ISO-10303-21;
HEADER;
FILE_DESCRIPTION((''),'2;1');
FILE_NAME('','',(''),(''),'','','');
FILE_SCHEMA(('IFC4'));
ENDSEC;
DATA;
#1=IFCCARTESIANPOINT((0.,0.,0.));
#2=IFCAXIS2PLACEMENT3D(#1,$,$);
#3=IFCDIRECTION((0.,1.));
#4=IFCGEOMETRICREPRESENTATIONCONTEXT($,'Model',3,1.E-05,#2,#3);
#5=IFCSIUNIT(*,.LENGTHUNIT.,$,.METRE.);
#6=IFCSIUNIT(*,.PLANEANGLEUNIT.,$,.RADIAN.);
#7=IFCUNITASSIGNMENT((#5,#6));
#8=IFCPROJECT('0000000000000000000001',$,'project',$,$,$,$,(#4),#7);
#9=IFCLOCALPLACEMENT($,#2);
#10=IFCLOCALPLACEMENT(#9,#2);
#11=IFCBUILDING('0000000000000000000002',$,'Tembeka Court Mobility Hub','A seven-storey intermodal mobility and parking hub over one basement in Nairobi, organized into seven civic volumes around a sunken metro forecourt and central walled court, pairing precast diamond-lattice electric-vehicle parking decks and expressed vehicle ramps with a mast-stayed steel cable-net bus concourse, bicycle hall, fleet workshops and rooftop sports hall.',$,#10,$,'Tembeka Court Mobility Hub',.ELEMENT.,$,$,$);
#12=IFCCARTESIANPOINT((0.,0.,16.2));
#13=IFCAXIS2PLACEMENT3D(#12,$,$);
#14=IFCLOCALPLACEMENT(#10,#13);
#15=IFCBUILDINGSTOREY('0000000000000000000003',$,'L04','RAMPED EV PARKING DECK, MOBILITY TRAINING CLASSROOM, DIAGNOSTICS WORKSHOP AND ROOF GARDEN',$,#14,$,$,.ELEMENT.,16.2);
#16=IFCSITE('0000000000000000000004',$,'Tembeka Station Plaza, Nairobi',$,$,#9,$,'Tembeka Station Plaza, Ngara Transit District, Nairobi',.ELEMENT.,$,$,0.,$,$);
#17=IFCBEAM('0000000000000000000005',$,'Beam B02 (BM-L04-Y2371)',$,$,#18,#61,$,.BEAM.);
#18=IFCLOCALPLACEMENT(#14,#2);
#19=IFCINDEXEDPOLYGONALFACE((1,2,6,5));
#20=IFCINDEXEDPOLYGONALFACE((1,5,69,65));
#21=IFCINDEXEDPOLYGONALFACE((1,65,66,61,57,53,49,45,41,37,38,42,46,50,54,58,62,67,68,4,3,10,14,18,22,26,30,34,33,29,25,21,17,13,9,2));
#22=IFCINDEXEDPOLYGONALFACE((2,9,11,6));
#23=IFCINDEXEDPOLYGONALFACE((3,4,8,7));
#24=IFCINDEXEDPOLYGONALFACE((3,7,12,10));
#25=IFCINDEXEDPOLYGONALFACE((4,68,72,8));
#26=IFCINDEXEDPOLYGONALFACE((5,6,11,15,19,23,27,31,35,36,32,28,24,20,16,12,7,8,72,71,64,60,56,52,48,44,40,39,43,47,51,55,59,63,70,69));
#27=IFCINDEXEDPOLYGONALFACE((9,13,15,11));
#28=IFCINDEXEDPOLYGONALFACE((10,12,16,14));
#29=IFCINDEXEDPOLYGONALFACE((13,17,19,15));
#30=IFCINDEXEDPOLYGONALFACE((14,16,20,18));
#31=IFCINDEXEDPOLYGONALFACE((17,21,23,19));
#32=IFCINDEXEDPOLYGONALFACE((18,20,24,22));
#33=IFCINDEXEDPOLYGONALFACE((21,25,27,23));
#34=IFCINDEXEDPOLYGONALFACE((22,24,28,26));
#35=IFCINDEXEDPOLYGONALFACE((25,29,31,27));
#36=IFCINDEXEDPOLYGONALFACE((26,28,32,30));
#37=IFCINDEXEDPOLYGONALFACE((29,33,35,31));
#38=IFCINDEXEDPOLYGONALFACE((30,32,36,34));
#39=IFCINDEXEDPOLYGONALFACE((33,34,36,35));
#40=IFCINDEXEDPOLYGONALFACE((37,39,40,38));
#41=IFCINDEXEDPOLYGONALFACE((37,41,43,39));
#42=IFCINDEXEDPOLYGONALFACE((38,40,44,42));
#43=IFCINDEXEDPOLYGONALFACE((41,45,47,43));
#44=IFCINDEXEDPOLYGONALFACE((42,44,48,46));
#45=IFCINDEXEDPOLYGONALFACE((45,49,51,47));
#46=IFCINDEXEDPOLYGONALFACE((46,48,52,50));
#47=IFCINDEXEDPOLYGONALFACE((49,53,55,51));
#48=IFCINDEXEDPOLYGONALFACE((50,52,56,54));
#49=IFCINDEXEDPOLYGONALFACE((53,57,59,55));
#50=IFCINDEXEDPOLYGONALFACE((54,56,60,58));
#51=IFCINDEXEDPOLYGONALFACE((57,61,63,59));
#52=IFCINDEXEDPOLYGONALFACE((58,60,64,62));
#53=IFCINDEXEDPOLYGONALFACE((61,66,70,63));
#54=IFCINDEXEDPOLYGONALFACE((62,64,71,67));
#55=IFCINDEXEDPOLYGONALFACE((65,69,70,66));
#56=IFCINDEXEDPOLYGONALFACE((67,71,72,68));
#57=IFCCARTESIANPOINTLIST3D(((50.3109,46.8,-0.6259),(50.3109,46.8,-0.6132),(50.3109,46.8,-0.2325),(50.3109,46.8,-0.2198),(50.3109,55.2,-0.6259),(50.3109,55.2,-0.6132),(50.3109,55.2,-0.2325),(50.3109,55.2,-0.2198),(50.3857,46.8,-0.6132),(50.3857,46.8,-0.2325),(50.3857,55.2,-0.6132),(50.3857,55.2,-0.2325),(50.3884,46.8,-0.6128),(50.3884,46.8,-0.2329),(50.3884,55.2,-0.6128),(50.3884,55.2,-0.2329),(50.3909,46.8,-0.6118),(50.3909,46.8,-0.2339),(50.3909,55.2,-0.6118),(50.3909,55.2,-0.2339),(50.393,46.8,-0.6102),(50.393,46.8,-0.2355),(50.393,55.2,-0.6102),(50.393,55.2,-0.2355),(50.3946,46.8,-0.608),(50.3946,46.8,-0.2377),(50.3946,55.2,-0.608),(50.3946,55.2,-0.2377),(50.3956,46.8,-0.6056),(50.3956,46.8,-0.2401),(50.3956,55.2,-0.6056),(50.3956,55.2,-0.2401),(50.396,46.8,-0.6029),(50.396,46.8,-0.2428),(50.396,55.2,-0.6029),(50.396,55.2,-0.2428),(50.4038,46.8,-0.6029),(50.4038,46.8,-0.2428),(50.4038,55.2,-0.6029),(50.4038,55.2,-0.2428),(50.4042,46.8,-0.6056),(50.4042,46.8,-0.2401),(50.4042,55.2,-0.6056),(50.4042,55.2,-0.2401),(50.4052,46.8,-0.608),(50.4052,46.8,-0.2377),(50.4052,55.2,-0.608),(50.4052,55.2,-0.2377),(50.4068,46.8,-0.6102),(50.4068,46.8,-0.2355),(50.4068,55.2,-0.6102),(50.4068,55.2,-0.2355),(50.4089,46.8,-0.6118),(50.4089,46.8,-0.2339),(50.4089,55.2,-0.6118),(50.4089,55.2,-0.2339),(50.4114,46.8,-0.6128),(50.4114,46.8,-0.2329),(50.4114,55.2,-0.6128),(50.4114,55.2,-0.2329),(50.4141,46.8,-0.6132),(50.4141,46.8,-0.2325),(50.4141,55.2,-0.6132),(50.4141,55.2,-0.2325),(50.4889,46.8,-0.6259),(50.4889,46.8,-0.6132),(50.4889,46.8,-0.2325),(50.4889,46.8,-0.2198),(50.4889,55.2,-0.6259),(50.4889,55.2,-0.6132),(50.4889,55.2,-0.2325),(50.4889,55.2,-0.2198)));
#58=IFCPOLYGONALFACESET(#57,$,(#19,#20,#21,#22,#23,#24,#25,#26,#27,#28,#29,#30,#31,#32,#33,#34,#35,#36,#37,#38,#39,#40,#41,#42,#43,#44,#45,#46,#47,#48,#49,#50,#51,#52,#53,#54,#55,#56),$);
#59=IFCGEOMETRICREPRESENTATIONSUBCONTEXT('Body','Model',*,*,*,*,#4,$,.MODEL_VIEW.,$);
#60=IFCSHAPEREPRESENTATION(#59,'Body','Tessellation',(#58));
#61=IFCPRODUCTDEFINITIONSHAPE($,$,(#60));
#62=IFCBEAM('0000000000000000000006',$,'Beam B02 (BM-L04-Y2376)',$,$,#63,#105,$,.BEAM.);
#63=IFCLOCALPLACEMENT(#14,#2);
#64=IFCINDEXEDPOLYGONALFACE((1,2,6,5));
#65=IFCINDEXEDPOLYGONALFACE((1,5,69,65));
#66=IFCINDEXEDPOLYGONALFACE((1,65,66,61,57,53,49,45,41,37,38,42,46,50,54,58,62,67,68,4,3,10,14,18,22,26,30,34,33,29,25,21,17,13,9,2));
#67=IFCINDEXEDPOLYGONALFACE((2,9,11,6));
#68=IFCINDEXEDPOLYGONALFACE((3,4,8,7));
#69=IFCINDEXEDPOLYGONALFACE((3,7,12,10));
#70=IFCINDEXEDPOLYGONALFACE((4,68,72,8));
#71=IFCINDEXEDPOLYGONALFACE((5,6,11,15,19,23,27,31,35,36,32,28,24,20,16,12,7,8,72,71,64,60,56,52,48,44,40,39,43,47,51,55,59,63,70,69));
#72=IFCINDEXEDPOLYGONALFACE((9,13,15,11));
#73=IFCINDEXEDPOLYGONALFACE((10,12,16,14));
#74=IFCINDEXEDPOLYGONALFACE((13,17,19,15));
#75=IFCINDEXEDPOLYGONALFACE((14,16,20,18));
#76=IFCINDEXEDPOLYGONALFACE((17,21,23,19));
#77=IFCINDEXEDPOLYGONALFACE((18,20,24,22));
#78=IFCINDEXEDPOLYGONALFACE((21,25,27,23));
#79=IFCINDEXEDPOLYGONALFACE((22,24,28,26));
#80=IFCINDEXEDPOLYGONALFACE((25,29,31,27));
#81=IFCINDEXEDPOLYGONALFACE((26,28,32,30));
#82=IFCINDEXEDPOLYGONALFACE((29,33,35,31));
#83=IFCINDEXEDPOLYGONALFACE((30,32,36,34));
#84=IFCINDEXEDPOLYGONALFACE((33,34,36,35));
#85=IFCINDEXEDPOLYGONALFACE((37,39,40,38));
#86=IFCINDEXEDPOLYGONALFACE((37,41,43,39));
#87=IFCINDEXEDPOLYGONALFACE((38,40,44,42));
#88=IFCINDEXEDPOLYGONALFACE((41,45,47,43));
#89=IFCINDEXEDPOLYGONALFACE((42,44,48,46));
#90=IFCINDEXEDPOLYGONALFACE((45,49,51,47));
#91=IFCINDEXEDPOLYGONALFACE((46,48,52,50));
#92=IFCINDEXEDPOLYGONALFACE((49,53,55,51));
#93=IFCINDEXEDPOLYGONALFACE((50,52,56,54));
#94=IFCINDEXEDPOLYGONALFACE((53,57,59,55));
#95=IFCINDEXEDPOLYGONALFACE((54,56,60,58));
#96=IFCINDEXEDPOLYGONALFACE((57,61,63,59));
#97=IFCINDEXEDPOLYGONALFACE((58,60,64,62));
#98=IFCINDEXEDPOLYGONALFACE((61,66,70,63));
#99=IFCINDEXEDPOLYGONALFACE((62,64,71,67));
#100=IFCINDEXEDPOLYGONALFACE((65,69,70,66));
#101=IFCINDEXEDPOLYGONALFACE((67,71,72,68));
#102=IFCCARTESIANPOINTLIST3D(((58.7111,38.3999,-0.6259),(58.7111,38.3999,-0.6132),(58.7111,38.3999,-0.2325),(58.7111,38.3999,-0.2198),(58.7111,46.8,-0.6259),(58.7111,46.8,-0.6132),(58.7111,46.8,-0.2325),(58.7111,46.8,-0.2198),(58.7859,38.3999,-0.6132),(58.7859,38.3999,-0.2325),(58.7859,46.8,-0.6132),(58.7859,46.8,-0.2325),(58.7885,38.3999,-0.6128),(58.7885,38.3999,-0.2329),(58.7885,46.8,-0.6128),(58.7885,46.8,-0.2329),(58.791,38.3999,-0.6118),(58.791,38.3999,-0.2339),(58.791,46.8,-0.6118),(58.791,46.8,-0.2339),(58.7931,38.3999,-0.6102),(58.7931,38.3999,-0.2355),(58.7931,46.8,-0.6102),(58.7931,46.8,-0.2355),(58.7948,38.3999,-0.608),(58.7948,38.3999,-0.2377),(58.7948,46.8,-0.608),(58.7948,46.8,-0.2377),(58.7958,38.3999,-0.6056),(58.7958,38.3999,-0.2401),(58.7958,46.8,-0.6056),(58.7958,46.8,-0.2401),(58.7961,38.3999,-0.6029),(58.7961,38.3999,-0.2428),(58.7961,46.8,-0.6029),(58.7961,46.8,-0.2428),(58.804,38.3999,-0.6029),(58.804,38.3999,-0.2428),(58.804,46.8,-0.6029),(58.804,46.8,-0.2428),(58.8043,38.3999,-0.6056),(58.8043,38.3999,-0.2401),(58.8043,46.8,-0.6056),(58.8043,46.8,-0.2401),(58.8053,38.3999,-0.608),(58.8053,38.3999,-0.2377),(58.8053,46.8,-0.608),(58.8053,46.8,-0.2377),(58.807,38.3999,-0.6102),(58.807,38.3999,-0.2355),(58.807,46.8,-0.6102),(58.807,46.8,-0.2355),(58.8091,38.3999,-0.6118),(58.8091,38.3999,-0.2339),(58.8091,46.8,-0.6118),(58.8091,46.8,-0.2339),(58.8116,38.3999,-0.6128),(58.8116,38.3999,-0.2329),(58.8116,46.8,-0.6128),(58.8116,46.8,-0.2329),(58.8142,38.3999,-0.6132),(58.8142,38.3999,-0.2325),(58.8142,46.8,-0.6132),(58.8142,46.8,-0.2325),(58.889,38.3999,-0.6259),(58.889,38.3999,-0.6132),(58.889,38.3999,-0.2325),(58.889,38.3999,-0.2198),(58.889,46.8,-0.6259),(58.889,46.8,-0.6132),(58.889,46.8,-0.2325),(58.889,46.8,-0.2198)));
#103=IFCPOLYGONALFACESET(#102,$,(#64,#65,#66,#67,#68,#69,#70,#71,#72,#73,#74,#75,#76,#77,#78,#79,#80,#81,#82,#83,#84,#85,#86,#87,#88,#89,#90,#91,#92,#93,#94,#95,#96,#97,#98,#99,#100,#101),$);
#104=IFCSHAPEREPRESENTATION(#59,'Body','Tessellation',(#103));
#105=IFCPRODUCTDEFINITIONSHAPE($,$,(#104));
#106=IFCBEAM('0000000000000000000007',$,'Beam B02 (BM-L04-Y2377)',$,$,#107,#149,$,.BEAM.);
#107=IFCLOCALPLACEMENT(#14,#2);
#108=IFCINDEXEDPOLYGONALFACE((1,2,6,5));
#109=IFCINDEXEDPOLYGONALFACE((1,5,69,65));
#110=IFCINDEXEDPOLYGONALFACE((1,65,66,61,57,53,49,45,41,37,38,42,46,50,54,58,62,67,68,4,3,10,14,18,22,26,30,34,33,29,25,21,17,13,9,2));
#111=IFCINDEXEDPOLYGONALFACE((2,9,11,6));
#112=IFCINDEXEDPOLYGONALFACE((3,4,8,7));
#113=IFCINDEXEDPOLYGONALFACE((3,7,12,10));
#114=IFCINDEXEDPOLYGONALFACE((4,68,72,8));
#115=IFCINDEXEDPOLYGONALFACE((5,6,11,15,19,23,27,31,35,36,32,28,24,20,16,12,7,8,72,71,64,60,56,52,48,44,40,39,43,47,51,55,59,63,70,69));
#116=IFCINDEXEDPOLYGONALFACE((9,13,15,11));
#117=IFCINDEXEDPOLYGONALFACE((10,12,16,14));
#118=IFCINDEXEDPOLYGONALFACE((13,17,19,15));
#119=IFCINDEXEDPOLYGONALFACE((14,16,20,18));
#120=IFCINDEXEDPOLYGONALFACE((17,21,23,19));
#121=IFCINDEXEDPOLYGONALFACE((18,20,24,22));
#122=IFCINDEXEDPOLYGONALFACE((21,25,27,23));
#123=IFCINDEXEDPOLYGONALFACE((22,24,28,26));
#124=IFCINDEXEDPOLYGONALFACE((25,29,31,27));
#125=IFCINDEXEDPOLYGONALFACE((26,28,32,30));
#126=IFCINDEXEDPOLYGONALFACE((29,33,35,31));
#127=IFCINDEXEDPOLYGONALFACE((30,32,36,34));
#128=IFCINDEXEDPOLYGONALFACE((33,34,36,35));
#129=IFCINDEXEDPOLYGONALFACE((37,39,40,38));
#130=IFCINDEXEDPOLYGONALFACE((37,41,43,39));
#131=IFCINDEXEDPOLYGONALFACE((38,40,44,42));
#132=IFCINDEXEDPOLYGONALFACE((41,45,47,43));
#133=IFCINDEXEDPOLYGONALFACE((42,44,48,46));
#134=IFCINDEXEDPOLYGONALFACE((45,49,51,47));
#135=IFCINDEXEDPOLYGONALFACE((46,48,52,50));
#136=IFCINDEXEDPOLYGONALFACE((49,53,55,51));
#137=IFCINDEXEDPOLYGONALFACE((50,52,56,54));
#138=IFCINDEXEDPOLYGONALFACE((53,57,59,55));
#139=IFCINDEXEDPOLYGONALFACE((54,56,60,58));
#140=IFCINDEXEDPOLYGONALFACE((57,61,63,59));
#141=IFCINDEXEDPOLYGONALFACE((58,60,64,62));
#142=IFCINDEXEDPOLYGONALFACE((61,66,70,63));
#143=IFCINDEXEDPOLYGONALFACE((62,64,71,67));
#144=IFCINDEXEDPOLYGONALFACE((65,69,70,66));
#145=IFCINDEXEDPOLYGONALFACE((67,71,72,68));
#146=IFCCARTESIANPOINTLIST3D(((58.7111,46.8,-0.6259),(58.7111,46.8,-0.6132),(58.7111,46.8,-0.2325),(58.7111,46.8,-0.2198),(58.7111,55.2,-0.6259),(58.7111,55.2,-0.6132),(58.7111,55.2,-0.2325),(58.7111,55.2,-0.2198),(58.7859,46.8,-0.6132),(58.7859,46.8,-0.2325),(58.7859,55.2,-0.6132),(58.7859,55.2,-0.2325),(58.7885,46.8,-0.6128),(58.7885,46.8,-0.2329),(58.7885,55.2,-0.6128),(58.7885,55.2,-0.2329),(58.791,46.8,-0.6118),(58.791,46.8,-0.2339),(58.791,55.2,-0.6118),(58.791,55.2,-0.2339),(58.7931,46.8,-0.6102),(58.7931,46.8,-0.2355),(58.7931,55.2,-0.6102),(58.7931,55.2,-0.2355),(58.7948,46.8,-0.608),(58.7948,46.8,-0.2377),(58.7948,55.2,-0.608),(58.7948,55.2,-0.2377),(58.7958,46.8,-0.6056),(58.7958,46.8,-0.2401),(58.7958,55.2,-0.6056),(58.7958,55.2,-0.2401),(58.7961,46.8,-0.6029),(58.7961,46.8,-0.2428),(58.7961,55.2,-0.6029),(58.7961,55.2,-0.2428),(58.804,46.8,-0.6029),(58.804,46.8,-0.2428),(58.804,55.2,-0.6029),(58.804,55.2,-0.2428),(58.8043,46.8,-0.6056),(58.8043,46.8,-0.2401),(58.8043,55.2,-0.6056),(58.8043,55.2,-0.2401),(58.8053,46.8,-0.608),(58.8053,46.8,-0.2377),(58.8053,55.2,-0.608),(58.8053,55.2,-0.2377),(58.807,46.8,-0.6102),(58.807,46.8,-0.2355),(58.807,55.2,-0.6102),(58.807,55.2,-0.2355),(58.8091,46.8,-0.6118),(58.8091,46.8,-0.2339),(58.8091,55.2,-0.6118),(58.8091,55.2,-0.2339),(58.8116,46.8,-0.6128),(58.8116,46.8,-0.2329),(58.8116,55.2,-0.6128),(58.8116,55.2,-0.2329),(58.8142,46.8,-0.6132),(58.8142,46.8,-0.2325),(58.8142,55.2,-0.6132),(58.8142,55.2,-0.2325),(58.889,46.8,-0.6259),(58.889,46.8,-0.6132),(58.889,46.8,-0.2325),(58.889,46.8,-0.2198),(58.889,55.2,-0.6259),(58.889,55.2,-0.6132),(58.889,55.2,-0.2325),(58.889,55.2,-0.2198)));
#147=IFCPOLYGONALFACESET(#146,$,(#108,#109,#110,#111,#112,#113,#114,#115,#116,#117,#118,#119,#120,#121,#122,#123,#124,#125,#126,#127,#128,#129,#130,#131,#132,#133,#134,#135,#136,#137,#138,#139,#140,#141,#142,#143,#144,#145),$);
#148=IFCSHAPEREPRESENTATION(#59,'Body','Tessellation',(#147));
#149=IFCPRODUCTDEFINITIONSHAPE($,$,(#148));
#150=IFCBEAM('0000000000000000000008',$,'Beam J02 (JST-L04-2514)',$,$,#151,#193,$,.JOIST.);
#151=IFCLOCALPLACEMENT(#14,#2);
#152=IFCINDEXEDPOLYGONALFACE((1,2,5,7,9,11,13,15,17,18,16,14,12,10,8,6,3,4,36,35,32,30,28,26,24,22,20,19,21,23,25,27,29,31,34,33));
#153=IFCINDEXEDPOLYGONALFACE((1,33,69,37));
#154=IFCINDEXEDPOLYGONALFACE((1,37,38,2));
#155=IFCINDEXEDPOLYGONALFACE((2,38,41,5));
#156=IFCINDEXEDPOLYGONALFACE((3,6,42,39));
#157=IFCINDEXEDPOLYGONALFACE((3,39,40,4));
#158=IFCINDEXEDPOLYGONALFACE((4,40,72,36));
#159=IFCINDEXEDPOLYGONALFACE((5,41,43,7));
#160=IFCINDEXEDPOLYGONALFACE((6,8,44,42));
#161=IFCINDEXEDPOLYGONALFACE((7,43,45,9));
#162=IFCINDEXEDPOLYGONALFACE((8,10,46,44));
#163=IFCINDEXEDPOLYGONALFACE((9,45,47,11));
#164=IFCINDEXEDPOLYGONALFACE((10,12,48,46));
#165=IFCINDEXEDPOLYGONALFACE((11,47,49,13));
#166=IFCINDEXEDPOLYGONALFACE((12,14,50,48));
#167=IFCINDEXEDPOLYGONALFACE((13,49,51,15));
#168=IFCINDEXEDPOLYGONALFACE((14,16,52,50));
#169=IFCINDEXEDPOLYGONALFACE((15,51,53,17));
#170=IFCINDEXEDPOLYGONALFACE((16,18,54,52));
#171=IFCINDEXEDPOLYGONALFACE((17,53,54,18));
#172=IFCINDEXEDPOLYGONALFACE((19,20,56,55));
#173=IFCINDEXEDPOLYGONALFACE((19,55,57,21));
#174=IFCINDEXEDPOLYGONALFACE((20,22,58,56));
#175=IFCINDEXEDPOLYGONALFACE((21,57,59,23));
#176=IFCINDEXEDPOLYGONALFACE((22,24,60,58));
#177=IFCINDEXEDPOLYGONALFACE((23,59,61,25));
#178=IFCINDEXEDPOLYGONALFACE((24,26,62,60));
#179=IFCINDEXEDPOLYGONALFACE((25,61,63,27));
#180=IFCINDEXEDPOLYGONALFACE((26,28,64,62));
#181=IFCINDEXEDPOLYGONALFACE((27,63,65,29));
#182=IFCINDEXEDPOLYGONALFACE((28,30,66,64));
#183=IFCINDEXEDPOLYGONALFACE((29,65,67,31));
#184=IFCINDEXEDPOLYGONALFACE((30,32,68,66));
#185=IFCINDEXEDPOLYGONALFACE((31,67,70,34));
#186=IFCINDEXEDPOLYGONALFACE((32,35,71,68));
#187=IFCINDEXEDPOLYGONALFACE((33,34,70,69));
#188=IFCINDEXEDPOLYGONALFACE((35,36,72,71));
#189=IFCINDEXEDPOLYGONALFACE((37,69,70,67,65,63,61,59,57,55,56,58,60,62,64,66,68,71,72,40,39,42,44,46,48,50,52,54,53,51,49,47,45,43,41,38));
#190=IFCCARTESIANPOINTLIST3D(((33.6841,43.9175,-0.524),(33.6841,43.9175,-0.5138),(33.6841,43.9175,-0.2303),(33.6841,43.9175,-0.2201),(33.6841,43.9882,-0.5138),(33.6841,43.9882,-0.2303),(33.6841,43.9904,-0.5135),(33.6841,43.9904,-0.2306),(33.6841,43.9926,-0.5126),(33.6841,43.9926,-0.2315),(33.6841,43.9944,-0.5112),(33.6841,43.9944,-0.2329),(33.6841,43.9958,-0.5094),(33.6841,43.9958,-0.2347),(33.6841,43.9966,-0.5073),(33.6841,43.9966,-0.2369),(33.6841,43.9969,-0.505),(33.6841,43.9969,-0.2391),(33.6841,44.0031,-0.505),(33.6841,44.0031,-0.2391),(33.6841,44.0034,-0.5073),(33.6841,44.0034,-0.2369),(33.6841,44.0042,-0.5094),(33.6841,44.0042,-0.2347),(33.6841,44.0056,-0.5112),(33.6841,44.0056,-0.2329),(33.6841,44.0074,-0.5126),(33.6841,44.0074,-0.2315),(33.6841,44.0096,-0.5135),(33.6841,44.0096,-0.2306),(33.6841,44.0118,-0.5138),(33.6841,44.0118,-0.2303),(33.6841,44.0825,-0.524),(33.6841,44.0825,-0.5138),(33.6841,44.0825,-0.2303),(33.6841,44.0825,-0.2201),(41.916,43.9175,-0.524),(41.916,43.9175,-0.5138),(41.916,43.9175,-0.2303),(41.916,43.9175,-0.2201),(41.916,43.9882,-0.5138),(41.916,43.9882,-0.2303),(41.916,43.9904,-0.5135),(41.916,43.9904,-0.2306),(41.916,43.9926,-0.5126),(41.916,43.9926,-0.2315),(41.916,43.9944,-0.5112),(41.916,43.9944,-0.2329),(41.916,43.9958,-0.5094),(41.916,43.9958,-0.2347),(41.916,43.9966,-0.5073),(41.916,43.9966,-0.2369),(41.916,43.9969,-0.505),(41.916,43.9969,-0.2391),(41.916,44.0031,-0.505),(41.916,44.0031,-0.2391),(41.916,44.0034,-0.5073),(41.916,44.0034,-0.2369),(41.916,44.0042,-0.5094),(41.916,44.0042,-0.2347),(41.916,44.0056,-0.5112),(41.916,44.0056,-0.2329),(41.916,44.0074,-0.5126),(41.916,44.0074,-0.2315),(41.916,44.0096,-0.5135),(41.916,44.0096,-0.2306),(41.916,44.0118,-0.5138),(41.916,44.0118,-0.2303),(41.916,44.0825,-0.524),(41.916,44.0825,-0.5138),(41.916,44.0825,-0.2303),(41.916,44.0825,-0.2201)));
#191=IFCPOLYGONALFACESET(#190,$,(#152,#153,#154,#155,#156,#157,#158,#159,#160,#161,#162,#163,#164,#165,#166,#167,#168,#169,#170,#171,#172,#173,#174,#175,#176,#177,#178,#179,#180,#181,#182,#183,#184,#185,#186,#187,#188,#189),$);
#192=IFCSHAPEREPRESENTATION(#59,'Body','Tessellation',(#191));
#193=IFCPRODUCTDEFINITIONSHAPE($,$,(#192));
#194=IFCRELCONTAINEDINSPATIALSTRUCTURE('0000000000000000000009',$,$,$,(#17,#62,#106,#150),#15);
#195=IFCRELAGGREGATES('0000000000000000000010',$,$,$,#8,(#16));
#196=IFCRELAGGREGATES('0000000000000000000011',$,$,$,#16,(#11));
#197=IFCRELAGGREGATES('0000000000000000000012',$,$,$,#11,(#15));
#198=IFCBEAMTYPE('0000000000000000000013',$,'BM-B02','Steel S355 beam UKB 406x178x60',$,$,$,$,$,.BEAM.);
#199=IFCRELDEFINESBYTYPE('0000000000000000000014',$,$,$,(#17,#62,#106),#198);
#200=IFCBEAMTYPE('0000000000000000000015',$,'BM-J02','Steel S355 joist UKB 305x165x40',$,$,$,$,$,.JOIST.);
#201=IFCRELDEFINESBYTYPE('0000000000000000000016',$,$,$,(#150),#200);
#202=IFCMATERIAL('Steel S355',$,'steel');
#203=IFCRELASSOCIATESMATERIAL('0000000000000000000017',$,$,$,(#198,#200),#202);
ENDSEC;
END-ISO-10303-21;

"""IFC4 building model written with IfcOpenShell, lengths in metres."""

from ifc_helpers import new_model, si_unit, direction, frame, origin, origin_2d, place, context, subcontext, project, spatial, i_section, extrude, material, material_profile, profile_set, type_object, element, save


model = new_model("IFC4")

# Units and contexts
model_context = context("Model", 3, precision=1e-05, world=origin(), true_north=direction((0.0, 1.0)))
body_context = subcontext(model_context, "Body", "Model", "MODEL_VIEW")
ifc_project = project(units=[si_unit("LENGTHUNIT", "METRE"), si_unit("PLANEANGLEUNIT", "RADIAN")], contexts=[model_context])

# Site, building, storey
site_placement = place(None, origin())
site = spatial("IfcSite", under=ifc_project, at=site_placement, Name="Tembeka Station Plaza, Nairobi", LongName="Tembeka Station Plaza, Ngara Transit District, Nairobi", CompositionType="ELEMENT", RefElevation=0.0)
building_placement = place(site_placement, origin())
building = spatial("IfcBuilding", under=site, at=building_placement, Name="Tembeka Court Mobility Hub", Description="A seven-storey intermodal mobility and parking hub over one basement in Nairobi, organized into seven civic volumes around a sunken metro forecourt and central walled court, pairing precast diamond-lattice electric-vehicle parking decks and expressed vehicle ramps with a mast-stayed steel cable-net bus concourse, bicycle hall, fleet workshops and rooftop sports hall.", LongName="Tembeka Court Mobility Hub", CompositionType="ELEMENT")
storey_placement = place(building_placement, frame((0.0, 0.0, 16.2)))
storey = spatial("IfcBuildingStorey", under=building, at=storey_placement, Name="L04", Description="RAMPED EV PARKING DECK, MOBILITY TRAINING CLASSROOM, DIAGNOSTICS WORKSHOP AND ROOF GARDEN", CompositionType="ELEMENT", Elevation=16.2)

# Shared definitions
ifc_material = material(Name="Steel S355", Category="steel")

# Beams
ifc_material_profile_1 = material_profile(ifc_material, i_section(OverallWidth=0.178, OverallDepth=0.406, WebThickness=0.0078, FlangeThickness=0.0127, FilletRadius=0.0103, at=origin_2d()), Name="UKB 406x178x60")
ifc_profile_set_1 = profile_set([ifc_material_profile_1], Name="Steel S355")
beam_type_1 = type_object("IfcBeamType", Name="BM-B02", Description="Steel S355 beam UKB 406x178x60", PredefinedType="BEAM", material=ifc_profile_set_1)
beam_1_placement = place(storey_placement, frame((50.3999, 46.8, -0.4229), z_axis=(0.0, 1.0, 0.0), x_axis=(-1.0, 0.0, 0.0)))
element("IfcBeam", 1, at=beam_1_placement, inside=storey, type_object=beam_type_1, Name="Beam B02 (BM-L04-Y2371)", PredefinedType="BEAM", context=body_context, shape_type="SweptSolid", body=[
    extrude(i_section(OverallWidth=0.178, OverallDepth=0.406, WebThickness=0.0078, FlangeThickness=0.0127, FilletRadius=0.0103, at=origin_2d()), origin(), (0.0, 0.0, 1.0), 8.3999),
])
beam_2_placement = place(storey_placement, frame((58.8, 38.3999, -0.4229), z_axis=(0.0, 1.0, 0.0), x_axis=(-1.0, 0.0, 0.0)))
element("IfcBeam", 2, at=beam_2_placement, inside=storey, type_object=beam_type_1, Name="Beam B02 (BM-L04-Y2376)", PredefinedType="BEAM", context=body_context, shape_type="SweptSolid", body=[
    extrude(i_section(OverallWidth=0.178, OverallDepth=0.406, WebThickness=0.0078, FlangeThickness=0.0127, FilletRadius=0.0103, at=origin_2d()), origin(), (0.0, 0.0, 1.0), 8.4001),
])
beam_3_placement = place(storey_placement, frame((58.8, 46.8, -0.4229), z_axis=(0.0, 1.0, 0.0), x_axis=(-1.0, 0.0, 0.0)))
element("IfcBeam", 3, at=beam_3_placement, inside=storey, type_object=beam_type_1, Name="Beam B02 (BM-L04-Y2377)", PredefinedType="BEAM", context=body_context, shape_type="SweptSolid", body=[
    extrude(i_section(OverallWidth=0.178, OverallDepth=0.406, WebThickness=0.0078, FlangeThickness=0.0127, FilletRadius=0.0103, at=origin_2d()), origin(), (0.0, 0.0, 1.0), 8.3999),
])
ifc_material_profile_2 = material_profile(ifc_material, i_section(OverallWidth=0.165, OverallDepth=0.304, WebThickness=0.0061, FlangeThickness=0.0103, FilletRadius=0.0088, at=origin_2d()), Name="UKB 305x165x40")
ifc_profile_set_2 = profile_set([ifc_material_profile_2], Name="Steel S355")
beam_type_2 = type_object("IfcBeamType", Name="BM-J02", Description="Steel S355 joist UKB 305x165x40", PredefinedType="JOIST", material=ifc_profile_set_2)
for number, where, z_axis, x_axis, name in (
    (4, (33.6841, 44.0, -0.3721), (1.0, 0.0, 0.0), (0.0, 1.0, 0.0), "Beam J02 (JST-L04-2514)"),
):
    element("IfcBeam", number, at=place(storey_placement, frame(where, z_axis=z_axis, x_axis=x_axis)), inside=storey, type_object=beam_type_2, Name=name, PredefinedType="JOIST", context=body_context, shape_type="SweptSolid", body=[
        extrude(i_section(OverallWidth=0.165, OverallDepth=0.304, WebThickness=0.0061, FlangeThickness=0.0103, FilletRadius=0.0088, at=origin_2d()), origin(), (0.0, 0.0, 1.0), 8.2319),
    ])

save(model, "model.ifc")
